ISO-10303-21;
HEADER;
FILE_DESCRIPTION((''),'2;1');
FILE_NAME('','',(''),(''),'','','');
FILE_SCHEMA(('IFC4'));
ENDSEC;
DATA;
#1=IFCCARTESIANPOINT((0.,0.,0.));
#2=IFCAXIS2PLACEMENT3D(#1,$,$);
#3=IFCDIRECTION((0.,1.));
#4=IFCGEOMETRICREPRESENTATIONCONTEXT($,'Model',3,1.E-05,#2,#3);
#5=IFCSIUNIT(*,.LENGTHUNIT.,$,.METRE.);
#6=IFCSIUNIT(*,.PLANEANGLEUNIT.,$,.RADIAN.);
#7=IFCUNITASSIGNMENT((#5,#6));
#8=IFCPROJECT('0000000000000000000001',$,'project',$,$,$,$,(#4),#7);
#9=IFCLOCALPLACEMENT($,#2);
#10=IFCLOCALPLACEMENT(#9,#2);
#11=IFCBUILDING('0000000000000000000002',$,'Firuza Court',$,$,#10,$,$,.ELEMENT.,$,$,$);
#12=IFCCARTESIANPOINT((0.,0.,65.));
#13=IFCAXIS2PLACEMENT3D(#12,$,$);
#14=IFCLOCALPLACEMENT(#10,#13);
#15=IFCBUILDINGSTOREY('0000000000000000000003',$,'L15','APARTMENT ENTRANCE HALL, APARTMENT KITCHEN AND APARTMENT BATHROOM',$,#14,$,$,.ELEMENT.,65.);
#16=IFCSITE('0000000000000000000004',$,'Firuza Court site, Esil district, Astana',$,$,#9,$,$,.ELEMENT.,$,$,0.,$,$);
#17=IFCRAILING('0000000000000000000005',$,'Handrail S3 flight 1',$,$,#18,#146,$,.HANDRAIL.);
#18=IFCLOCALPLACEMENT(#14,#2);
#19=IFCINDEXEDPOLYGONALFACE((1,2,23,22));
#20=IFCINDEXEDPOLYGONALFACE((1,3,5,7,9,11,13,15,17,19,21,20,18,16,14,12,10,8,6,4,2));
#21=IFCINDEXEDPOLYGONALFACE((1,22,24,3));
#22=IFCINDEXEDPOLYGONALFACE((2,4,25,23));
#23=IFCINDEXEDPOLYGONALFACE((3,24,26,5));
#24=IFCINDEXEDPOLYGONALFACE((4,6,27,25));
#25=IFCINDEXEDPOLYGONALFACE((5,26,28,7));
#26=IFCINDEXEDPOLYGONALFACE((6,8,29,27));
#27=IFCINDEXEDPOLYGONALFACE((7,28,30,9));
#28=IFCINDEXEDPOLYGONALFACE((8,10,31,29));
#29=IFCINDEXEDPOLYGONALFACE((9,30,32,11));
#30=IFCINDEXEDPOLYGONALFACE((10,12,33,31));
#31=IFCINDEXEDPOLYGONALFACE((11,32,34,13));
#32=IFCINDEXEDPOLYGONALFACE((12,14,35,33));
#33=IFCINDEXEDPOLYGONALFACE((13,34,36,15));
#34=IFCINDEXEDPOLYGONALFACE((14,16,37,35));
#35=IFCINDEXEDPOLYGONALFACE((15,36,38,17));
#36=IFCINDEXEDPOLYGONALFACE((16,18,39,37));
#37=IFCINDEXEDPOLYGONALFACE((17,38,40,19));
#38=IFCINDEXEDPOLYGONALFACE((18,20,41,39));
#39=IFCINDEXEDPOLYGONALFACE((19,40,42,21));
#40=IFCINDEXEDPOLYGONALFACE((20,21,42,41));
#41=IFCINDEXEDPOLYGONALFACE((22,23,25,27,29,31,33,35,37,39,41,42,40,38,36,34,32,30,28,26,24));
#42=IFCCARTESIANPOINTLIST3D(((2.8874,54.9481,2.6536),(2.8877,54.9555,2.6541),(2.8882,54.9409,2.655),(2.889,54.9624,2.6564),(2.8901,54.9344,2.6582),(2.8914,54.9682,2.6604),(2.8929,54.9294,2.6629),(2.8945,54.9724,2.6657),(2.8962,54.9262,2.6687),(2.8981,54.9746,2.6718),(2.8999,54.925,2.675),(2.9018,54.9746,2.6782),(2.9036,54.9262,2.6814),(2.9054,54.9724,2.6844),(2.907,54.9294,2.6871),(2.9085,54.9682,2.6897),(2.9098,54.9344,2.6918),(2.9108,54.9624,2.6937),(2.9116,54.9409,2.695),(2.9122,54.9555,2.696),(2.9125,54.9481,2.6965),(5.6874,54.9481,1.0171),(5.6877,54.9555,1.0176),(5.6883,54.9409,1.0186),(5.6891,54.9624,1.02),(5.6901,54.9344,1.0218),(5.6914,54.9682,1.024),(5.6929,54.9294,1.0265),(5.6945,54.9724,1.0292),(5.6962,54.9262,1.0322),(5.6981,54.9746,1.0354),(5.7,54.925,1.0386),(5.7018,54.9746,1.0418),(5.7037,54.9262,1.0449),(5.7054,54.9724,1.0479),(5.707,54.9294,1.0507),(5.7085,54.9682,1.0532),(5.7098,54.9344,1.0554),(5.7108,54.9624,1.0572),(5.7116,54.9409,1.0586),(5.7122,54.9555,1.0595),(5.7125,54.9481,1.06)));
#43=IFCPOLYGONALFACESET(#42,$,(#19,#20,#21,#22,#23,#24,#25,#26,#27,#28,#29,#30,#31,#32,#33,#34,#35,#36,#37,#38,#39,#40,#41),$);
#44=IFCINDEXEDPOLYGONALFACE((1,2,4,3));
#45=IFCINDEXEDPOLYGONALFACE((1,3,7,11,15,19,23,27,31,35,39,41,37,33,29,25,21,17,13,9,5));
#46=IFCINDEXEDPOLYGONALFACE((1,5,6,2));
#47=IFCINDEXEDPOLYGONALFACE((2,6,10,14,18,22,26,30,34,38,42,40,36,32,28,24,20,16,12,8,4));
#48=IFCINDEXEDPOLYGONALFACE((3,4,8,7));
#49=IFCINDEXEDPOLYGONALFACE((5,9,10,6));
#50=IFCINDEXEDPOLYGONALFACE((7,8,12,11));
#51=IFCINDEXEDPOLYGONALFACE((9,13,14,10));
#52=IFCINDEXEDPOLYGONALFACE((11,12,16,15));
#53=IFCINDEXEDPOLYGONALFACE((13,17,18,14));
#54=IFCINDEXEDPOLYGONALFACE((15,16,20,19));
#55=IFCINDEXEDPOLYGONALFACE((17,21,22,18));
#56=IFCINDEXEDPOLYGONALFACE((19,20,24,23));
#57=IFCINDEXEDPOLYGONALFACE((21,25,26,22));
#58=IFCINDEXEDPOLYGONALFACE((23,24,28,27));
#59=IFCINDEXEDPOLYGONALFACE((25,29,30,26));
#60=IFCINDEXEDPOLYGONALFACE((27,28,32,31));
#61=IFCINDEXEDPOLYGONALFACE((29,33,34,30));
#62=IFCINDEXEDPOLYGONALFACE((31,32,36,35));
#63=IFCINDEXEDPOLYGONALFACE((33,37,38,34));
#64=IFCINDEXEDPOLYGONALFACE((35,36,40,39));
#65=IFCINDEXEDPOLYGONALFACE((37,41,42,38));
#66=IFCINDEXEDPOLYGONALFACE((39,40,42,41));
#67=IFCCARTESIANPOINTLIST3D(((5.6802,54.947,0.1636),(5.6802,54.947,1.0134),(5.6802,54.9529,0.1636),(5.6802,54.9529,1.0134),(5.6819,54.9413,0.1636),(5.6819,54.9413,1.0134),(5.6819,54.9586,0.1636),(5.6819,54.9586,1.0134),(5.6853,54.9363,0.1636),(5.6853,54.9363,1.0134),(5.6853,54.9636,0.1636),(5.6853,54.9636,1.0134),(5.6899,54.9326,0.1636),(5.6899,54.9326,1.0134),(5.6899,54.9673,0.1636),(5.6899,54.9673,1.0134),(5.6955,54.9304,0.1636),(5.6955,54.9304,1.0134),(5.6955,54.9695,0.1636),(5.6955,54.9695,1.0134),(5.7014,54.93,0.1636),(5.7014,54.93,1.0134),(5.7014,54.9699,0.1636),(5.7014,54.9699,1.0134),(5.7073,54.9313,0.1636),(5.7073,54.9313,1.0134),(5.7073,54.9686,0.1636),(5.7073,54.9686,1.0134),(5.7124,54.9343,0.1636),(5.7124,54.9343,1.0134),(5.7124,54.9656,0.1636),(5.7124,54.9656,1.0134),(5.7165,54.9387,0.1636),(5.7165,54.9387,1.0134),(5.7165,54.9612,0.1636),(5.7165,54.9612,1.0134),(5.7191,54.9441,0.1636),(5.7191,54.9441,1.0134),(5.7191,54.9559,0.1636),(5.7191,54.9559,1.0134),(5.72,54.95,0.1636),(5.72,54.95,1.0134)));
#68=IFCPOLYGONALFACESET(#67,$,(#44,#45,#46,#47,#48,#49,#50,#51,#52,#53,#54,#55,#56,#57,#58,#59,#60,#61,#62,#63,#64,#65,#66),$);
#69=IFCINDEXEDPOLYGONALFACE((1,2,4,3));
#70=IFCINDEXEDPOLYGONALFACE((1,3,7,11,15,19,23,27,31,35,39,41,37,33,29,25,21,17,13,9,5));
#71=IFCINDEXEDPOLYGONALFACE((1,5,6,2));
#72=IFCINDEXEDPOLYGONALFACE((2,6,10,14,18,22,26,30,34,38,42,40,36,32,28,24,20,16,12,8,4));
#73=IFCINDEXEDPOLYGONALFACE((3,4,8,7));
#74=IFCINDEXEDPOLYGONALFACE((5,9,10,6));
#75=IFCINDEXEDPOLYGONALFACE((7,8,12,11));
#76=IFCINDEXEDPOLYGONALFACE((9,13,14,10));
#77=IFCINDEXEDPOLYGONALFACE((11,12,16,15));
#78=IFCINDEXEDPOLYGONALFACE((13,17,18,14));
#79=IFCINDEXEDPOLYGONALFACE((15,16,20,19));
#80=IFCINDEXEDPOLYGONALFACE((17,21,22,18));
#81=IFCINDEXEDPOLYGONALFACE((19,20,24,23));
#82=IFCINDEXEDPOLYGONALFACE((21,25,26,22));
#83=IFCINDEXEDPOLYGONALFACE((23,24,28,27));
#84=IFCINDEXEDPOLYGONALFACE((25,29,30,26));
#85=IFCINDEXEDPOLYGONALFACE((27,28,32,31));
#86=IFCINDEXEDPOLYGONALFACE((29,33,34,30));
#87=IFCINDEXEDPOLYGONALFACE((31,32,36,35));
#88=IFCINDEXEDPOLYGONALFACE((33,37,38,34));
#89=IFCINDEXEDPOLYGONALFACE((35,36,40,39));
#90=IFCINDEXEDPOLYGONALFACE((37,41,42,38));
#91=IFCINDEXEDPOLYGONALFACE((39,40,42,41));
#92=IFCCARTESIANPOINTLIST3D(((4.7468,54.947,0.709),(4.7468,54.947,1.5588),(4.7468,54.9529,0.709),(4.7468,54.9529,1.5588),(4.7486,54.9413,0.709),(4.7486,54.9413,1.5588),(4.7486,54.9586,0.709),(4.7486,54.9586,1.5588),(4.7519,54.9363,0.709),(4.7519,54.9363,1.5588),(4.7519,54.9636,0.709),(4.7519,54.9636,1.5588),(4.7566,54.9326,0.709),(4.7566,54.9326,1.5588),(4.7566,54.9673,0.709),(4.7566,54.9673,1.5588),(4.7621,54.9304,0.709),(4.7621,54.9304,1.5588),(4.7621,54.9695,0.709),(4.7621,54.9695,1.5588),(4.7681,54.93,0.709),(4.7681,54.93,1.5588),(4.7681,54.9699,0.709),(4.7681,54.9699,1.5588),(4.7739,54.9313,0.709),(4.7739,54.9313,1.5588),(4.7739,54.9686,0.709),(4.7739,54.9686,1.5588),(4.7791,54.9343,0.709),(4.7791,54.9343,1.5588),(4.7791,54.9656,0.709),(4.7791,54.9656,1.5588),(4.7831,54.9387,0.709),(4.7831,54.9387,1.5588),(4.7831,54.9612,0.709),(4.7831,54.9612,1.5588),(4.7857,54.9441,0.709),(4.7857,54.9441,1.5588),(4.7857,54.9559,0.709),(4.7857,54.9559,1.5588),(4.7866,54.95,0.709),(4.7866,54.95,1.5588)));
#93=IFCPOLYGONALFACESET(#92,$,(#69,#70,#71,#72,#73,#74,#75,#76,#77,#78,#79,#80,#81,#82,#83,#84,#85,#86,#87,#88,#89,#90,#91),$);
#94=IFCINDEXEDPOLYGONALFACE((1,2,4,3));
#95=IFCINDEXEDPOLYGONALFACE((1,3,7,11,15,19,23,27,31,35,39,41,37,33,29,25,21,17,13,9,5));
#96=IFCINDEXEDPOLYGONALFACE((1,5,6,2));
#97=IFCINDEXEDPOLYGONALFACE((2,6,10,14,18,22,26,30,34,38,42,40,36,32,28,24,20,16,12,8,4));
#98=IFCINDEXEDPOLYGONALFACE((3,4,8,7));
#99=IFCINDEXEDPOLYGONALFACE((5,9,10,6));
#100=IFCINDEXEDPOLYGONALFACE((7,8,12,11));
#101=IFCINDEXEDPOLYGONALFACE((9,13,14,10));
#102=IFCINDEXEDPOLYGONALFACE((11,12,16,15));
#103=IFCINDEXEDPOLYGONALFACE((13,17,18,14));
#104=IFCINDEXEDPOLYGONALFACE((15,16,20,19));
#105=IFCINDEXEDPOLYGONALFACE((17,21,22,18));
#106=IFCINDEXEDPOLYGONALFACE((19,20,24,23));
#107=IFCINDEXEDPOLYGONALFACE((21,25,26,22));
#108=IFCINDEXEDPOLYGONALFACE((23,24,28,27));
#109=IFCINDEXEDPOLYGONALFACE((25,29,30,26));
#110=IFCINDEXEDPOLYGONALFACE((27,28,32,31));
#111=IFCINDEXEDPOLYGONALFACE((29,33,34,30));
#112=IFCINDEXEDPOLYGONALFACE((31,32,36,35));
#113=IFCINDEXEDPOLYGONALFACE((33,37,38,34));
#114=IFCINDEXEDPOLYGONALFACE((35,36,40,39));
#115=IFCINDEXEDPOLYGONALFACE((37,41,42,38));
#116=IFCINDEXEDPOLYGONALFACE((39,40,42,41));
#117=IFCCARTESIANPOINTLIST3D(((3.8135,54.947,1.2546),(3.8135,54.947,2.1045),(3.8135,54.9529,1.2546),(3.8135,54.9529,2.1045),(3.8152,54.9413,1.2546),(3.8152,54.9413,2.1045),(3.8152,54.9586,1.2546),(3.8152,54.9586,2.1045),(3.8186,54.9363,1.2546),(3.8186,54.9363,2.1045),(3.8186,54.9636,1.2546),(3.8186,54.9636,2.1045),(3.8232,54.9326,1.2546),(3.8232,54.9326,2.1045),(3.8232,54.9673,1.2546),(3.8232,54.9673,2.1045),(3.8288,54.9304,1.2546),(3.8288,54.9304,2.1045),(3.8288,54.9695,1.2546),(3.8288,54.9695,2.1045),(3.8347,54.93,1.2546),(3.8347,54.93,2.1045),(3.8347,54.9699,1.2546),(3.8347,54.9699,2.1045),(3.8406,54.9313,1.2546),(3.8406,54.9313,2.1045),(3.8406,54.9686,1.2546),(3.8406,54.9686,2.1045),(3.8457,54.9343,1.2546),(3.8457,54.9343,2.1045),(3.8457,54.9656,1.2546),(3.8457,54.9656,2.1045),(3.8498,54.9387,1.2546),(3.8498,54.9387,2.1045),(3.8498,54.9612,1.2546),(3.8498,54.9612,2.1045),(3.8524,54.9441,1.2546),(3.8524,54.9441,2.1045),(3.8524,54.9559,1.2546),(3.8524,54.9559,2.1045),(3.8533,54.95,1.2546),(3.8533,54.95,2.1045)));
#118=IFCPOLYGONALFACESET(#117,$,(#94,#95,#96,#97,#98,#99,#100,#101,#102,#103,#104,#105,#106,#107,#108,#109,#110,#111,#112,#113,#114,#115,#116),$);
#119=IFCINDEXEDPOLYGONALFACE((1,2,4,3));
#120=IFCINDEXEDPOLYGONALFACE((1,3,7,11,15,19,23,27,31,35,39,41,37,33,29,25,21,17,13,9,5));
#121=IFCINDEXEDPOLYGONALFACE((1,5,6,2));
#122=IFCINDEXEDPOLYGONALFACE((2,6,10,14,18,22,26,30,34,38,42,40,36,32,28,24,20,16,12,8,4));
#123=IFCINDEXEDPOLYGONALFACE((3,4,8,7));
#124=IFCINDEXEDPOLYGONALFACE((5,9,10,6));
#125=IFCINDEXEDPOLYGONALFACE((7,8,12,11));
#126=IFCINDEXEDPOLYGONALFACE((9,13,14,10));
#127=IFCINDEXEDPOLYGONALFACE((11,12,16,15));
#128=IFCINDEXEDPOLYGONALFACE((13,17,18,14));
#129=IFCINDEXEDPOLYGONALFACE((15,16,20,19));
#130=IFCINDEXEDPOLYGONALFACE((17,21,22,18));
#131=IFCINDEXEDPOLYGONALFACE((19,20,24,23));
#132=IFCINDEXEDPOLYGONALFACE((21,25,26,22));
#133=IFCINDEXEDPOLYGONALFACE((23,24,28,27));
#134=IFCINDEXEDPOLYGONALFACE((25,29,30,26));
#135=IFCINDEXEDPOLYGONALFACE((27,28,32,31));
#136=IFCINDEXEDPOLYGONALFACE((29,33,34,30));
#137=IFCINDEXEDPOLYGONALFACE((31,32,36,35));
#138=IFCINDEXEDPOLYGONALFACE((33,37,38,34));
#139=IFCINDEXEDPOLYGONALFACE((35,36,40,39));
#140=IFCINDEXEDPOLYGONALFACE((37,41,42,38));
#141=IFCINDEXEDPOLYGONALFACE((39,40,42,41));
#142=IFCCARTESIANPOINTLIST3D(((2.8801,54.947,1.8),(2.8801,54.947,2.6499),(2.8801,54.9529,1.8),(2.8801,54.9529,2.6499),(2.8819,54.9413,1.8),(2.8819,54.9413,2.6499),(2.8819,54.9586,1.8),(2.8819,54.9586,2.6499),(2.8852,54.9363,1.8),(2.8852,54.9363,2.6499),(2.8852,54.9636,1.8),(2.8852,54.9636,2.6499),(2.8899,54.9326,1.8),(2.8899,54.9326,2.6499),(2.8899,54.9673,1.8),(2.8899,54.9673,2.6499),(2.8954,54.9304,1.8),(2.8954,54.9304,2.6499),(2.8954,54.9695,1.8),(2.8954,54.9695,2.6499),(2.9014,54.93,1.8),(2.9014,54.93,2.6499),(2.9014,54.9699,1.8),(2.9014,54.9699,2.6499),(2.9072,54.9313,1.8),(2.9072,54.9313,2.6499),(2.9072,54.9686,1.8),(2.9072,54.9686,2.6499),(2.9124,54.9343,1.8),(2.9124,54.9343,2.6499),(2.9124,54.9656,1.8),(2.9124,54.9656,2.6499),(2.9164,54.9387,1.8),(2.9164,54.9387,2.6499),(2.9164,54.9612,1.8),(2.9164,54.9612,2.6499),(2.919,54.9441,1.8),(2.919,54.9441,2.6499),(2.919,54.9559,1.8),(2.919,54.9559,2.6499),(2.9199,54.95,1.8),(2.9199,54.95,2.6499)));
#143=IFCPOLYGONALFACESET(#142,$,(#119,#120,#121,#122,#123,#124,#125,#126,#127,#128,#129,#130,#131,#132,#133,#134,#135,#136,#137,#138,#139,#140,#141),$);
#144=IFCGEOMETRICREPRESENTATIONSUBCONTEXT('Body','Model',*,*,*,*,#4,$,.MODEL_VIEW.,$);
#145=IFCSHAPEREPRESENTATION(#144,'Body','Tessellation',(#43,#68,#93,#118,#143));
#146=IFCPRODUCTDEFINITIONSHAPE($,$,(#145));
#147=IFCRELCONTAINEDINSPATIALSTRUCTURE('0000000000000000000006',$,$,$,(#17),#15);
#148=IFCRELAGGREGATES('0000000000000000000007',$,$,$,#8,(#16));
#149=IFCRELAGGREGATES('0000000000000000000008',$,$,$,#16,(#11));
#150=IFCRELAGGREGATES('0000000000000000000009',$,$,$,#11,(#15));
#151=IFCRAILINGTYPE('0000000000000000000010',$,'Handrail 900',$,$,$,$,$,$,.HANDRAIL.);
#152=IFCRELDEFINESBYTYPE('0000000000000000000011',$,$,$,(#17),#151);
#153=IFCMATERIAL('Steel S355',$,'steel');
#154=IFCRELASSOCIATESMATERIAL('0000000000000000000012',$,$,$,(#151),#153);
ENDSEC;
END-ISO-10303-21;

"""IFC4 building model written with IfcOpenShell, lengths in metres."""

from ifc_helpers import new_model, si_unit, direction, frame, origin, origin_2d, place, context, subcontext, project, spatial, circle, extrude, material, type_object, element, save


model = new_model("IFC4")

# Units and contexts
model_context = context("Model", 3, precision=1e-05, world=origin(), true_north=direction((0.0, 1.0)))
body_context = subcontext(model_context, "Body", "Model", "MODEL_VIEW")
ifc_project = project(units=[si_unit("LENGTHUNIT", "METRE"), si_unit("PLANEANGLEUNIT", "RADIAN")], contexts=[model_context])

# Site, building, storey
site_placement = place(None, origin())
site = spatial("IfcSite", under=ifc_project, at=site_placement, Name="Firuza Court site, Esil district, Astana", CompositionType="ELEMENT", RefElevation=0.0)
building_placement = place(site_placement, origin())
building = spatial("IfcBuilding", under=site, at=building_placement, Name="Firuza Court", CompositionType="ELEMENT")
storey_placement = place(building_placement, frame((0.0, 0.0, 65.0)))
storey = spatial("IfcBuildingStorey", under=building, at=storey_placement, Name="L15", Description="APARTMENT ENTRANCE HALL, APARTMENT KITCHEN AND APARTMENT BATHROOM", CompositionType="ELEMENT", Elevation=65.0)

# Railing
ifc_material_1 = material(Name="Steel S355", Category="steel")
railing_type_1 = type_object("IfcRailingType", Name="Handrail 900", PredefinedType="HANDRAIL", material=ifc_material_1)
railing_1_placement = place(storey_placement, frame((5.7, 54.95, 0.1636)))
element("IfcRailing", 1, at=railing_1_placement, inside=storey, type_object=railing_type_1, Name="Handrail S3 flight 1", PredefinedType="HANDRAIL", context=body_context, shape_type="SweptSolid", body=[
    extrude(circle(Radius=0.0249, at=origin_2d()), frame((0.0, 0.0, 0.875), z_axis=(-0.863361, 0.0, 0.504587), x_axis=(0.0, -1.0, 0.0)), (0.0, 0.0, 1.0), 3.2432),
    extrude(circle(Radius=0.02, at=origin_2d()), origin(), (0.0, 0.0, 1.0), 0.8499),
    extrude(circle(Radius=0.02, at=origin_2d()), frame((-0.9333, 0.0, 0.5454)), (0.0, 0.0, 1.0), 0.8499),
    extrude(circle(Radius=0.02, at=origin_2d()), frame((-1.8667, 0.0, 1.0911)), (0.0, 0.0, 1.0), 0.8499),
    extrude(circle(Radius=0.02, at=origin_2d()), frame((-2.8, 0.0, 1.6365)), (0.0, 0.0, 1.0), 0.8499),
])

save(model, "model.ifc")
